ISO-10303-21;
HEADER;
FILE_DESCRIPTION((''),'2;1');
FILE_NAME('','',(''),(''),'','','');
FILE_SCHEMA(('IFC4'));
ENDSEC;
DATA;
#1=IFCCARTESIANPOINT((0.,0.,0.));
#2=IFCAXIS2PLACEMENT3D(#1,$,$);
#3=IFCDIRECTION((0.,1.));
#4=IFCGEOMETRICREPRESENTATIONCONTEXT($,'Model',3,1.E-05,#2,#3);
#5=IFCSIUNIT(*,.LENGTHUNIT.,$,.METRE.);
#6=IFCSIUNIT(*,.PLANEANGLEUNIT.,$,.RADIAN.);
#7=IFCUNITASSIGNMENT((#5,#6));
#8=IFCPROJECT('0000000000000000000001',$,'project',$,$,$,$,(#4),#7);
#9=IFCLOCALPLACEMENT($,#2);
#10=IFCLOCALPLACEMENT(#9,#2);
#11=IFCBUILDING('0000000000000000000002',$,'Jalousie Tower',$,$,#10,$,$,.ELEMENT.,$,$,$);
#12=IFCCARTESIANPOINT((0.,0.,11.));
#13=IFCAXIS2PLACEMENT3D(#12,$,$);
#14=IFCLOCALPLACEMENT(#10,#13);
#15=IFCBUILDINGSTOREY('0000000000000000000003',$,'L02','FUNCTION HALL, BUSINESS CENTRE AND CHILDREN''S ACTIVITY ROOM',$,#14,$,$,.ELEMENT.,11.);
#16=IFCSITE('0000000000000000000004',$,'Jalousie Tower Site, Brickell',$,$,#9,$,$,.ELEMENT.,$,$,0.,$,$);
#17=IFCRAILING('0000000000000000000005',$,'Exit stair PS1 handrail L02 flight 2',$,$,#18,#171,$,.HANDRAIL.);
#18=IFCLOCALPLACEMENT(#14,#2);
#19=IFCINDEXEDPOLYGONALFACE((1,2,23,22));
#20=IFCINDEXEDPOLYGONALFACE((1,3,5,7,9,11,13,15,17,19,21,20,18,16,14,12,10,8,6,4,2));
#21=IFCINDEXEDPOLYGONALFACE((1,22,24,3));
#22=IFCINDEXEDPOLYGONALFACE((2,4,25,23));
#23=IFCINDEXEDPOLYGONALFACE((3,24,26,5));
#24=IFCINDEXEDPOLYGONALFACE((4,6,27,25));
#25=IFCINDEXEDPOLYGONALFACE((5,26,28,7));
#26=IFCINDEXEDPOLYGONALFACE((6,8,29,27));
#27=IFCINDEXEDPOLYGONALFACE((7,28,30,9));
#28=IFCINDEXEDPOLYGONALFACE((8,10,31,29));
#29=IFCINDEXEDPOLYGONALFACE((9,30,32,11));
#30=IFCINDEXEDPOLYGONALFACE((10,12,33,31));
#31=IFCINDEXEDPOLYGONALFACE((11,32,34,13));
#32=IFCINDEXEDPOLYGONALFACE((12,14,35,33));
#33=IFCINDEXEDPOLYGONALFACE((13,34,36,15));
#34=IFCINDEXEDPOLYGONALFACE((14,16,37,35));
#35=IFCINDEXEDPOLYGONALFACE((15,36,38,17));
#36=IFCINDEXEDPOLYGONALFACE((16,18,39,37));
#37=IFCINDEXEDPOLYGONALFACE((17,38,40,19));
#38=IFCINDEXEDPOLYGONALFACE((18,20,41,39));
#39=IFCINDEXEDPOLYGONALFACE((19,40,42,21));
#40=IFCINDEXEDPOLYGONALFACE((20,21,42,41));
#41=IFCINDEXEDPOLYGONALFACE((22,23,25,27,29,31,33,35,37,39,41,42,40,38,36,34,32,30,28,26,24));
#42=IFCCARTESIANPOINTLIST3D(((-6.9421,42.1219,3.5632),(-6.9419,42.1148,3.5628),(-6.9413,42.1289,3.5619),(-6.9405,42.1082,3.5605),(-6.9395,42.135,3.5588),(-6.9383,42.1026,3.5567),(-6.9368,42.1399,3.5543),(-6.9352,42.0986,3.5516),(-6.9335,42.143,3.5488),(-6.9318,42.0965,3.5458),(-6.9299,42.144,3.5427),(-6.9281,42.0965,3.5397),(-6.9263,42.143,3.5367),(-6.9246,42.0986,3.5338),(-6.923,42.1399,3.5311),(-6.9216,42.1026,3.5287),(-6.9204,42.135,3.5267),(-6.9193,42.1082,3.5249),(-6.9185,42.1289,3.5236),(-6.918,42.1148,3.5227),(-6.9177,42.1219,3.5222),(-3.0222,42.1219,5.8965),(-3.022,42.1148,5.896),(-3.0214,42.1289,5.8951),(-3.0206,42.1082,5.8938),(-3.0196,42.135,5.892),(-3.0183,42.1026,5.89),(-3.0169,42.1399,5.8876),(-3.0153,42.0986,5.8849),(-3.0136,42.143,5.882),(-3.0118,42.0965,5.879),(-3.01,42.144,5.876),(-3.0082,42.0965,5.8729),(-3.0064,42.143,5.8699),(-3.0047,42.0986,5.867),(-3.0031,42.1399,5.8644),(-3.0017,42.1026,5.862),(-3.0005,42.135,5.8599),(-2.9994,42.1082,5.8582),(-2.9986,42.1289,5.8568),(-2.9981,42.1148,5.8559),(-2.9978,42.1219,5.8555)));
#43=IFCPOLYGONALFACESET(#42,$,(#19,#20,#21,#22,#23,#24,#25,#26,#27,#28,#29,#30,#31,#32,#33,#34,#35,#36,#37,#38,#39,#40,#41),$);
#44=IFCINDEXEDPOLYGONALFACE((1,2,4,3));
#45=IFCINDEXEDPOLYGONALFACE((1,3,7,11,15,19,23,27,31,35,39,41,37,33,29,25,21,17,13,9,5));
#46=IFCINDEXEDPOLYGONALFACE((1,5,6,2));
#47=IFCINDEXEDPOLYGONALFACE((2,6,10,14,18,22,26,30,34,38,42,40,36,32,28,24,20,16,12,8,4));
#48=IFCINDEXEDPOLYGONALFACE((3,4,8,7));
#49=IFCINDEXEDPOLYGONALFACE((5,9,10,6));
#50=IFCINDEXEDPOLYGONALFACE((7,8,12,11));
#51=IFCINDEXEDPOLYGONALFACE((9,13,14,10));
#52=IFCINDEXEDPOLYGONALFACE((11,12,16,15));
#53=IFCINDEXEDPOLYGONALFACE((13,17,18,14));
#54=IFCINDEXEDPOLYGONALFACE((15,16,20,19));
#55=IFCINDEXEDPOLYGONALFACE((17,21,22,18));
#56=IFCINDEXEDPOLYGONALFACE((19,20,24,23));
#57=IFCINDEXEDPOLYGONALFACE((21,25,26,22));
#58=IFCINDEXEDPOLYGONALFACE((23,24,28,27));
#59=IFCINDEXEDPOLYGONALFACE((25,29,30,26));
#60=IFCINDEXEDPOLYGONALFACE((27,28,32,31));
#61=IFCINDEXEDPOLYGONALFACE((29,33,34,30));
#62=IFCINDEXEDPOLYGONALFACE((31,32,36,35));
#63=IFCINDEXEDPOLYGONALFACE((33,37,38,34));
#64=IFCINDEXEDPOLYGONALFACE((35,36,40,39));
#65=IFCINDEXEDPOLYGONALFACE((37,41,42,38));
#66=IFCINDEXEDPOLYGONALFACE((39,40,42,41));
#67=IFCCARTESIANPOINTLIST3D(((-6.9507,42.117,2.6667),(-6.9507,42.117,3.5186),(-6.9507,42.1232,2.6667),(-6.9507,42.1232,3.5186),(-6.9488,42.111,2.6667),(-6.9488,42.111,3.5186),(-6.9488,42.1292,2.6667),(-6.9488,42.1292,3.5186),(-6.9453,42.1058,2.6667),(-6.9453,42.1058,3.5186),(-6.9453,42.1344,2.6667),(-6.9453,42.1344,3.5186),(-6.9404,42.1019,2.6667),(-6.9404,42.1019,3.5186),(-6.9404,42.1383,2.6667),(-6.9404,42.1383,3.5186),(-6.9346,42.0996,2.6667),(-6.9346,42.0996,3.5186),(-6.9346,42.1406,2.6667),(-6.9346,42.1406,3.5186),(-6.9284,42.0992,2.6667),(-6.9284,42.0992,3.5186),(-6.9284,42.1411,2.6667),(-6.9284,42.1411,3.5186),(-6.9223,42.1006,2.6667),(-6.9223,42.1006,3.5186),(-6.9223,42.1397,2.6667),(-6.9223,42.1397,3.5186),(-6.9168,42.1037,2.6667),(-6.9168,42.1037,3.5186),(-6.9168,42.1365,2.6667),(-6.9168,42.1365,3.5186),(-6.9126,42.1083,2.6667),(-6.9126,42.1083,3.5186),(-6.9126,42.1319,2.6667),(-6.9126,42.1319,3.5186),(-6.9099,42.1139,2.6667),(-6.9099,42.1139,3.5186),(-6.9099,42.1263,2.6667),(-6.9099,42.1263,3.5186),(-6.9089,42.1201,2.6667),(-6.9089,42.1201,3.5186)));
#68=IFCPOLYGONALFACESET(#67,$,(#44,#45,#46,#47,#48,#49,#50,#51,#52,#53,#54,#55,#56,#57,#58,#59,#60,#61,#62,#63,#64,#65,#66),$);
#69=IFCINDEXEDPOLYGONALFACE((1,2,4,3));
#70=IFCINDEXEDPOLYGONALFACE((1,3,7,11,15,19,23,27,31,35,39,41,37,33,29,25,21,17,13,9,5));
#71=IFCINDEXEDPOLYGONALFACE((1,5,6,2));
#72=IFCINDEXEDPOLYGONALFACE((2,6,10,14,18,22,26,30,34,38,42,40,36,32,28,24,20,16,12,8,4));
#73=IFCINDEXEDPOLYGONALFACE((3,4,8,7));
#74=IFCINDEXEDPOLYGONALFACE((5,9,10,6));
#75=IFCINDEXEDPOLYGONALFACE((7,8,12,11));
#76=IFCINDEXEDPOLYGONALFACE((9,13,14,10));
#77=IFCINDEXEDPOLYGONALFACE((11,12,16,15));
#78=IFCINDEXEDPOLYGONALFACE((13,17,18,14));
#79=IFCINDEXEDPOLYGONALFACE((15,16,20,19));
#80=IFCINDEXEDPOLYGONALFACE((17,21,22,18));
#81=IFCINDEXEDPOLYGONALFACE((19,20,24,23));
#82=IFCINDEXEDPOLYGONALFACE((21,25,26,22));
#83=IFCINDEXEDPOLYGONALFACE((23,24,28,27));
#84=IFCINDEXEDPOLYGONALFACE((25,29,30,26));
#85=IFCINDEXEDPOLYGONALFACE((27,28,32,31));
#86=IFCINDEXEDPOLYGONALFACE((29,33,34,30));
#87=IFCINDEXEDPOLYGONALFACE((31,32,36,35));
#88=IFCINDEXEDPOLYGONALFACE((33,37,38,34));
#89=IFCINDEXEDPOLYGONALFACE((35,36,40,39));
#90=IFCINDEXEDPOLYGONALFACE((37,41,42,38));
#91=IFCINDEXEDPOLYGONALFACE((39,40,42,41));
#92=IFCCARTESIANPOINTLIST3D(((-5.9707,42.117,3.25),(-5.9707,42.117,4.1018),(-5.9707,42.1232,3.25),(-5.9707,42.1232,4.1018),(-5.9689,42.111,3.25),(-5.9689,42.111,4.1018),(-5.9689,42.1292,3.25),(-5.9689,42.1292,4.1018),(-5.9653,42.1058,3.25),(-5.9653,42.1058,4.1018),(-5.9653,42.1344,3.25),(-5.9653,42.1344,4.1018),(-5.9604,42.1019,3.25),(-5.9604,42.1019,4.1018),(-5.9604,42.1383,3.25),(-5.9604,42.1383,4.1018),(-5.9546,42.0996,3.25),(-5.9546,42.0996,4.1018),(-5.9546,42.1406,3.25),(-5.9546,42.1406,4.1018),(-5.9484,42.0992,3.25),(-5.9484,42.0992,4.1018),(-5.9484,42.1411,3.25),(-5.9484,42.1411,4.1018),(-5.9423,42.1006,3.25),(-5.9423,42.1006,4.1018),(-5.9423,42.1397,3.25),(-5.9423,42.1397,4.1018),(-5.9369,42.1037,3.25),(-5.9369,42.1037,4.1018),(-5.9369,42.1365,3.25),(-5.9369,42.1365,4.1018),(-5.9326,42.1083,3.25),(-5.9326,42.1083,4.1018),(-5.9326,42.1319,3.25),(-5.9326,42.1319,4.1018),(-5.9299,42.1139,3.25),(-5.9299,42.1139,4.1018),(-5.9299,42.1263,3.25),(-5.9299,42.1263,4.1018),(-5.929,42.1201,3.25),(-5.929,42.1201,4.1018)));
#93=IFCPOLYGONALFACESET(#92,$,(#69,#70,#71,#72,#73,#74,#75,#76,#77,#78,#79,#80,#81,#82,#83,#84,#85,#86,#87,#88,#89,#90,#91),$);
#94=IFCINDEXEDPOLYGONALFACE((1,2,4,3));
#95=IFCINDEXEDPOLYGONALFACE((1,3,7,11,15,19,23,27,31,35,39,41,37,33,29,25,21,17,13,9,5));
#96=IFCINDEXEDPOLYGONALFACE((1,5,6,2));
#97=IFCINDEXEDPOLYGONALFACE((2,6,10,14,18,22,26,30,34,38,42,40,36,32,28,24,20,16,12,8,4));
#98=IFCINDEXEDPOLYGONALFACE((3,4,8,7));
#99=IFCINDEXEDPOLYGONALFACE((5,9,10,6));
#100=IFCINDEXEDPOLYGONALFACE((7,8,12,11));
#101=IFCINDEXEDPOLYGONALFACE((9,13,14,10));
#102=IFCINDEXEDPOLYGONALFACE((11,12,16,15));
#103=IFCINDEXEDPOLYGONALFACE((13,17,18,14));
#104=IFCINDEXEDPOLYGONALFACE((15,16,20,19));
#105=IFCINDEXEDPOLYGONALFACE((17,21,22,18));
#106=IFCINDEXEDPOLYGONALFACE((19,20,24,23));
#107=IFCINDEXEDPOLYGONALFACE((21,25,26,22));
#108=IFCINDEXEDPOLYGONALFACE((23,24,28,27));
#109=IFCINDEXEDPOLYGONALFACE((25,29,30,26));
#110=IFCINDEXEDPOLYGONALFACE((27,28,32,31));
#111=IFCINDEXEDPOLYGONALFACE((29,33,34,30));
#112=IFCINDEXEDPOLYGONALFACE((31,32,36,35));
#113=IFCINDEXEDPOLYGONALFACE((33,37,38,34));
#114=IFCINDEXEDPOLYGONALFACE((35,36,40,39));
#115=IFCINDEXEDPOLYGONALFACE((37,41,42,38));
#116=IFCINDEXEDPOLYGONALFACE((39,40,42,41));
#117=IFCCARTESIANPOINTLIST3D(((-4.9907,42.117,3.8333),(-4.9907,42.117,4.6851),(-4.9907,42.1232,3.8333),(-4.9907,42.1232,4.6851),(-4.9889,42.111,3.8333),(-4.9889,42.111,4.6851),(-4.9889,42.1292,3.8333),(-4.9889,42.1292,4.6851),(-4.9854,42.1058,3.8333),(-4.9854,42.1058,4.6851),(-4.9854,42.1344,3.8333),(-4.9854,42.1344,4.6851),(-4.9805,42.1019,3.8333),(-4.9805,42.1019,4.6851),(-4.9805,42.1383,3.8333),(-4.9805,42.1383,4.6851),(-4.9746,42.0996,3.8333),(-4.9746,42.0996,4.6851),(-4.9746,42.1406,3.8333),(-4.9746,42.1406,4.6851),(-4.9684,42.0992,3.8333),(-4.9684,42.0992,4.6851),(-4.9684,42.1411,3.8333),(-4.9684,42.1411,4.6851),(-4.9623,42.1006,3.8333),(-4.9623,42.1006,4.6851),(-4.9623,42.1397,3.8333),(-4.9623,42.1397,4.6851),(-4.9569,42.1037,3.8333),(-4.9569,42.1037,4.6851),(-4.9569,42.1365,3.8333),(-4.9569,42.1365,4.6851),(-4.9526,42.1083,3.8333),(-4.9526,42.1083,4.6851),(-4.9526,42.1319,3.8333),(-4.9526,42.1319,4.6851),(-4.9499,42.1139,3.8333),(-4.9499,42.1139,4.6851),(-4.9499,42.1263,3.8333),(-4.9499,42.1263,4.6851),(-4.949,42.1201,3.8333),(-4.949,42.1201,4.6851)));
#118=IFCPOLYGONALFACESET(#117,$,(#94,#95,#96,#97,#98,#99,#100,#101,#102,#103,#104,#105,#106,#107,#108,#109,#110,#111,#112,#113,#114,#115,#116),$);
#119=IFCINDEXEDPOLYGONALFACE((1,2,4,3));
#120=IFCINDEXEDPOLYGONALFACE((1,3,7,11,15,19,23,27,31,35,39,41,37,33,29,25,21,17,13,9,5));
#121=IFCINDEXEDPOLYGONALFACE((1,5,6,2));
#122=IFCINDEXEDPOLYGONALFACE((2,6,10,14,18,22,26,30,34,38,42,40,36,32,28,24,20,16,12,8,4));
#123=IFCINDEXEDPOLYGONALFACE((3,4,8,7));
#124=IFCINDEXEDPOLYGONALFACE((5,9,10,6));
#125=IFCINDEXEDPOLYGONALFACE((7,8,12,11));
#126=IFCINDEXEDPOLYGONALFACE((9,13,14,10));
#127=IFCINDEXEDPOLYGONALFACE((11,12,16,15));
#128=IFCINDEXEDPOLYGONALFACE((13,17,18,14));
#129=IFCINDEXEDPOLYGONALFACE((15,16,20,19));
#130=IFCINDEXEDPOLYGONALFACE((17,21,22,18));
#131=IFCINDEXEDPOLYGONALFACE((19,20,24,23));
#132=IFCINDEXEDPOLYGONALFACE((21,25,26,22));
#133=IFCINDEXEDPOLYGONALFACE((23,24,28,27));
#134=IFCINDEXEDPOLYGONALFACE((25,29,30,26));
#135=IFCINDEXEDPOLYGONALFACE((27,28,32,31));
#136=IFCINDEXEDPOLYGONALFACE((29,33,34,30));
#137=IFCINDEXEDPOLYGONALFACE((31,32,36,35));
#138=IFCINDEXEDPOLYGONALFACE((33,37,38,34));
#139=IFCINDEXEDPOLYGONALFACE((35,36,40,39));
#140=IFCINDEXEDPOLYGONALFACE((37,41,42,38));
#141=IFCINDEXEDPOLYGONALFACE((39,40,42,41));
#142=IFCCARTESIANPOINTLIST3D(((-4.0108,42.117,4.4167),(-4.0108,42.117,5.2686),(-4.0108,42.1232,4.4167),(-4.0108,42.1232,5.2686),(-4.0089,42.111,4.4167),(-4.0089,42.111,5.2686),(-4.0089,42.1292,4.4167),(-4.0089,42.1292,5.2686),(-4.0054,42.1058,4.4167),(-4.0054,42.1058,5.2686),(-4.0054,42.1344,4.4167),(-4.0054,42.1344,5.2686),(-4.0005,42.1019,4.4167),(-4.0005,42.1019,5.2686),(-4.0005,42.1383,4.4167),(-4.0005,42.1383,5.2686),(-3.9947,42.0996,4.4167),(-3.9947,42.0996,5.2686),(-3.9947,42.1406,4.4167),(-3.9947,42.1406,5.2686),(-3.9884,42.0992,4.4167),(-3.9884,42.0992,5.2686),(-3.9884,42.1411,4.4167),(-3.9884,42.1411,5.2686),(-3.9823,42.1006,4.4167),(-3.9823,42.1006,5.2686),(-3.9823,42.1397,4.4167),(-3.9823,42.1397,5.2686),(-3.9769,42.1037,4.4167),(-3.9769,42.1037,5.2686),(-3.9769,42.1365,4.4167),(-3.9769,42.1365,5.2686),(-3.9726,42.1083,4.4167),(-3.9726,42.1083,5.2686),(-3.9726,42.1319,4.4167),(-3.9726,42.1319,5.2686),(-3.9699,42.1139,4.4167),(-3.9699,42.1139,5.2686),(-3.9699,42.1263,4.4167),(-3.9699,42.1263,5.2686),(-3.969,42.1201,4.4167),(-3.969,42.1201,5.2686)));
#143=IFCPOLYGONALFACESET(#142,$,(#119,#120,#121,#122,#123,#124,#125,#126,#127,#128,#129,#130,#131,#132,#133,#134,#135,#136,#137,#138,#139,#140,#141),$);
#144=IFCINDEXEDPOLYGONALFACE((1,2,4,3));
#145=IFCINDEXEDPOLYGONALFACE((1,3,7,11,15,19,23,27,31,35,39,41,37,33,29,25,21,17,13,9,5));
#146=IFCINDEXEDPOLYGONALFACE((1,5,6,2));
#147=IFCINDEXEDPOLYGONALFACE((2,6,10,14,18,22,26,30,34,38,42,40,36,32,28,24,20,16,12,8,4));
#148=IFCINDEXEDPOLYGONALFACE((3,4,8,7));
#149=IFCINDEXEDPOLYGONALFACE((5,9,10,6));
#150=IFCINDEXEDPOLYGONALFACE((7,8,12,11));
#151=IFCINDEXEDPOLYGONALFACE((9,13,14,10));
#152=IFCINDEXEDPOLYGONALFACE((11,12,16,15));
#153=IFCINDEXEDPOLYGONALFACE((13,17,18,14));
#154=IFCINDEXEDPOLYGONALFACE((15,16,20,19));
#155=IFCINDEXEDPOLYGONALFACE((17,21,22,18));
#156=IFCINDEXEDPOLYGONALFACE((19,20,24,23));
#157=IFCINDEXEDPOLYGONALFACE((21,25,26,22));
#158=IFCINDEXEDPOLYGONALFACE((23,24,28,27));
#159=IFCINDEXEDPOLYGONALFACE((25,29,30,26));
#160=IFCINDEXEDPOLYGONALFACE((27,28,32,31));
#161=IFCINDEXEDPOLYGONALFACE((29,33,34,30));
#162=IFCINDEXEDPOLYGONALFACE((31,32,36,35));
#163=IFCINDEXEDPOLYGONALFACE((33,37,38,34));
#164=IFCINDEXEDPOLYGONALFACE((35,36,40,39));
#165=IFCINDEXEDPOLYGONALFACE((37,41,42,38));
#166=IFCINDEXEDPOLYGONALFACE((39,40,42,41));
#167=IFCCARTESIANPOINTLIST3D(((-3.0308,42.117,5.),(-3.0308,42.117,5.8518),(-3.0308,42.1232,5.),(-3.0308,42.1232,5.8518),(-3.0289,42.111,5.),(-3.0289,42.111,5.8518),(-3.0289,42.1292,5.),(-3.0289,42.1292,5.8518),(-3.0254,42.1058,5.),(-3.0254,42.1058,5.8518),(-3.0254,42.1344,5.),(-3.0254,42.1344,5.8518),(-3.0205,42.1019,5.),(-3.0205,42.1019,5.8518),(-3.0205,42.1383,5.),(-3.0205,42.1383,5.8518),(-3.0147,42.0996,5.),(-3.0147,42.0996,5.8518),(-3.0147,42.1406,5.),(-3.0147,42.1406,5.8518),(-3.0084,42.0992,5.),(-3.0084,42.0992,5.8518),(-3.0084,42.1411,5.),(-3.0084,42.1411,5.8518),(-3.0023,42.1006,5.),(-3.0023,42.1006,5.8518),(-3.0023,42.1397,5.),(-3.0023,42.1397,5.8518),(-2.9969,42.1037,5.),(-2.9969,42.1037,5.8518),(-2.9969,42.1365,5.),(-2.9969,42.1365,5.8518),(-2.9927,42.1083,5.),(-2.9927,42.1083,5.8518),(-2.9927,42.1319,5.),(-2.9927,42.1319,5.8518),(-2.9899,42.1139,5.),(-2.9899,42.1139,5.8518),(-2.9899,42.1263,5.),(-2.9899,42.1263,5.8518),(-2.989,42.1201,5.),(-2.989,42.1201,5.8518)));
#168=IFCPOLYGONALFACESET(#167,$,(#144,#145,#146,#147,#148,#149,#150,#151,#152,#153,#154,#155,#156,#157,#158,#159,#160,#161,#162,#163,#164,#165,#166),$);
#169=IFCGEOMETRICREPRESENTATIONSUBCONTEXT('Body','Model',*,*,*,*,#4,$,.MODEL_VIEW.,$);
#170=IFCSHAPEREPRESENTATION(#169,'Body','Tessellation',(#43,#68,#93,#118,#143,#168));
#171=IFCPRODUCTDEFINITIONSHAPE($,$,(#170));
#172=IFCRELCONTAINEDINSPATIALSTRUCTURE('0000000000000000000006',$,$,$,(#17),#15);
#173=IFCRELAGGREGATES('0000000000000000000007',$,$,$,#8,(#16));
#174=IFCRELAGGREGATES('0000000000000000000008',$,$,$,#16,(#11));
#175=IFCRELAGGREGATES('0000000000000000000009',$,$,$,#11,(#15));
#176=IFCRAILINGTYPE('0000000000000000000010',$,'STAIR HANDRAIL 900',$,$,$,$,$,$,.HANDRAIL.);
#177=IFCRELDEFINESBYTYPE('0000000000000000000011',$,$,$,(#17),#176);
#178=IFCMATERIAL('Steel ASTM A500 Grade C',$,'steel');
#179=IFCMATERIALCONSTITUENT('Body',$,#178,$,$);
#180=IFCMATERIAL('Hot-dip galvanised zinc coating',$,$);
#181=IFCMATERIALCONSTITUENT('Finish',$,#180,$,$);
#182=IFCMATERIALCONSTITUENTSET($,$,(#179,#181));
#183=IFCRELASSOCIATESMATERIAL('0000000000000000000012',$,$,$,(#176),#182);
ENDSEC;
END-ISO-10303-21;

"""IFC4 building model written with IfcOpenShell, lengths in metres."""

from ifc_helpers import new_model, si_unit, direction, frame, origin, origin_2d, place, context, subcontext, project, spatial, circle, extrude, material, constituent, constituent_set, type_object, element, save


model = new_model("IFC4")

# Units and contexts
model_context = context("Model", 3, precision=1e-05, world=origin(), true_north=direction((0.0, 1.0)))
body_context = subcontext(model_context, "Body", "Model", "MODEL_VIEW")
ifc_project = project(units=[si_unit("LENGTHUNIT", "METRE"), si_unit("PLANEANGLEUNIT", "RADIAN")], contexts=[model_context])

# Site, building, storey
site_placement = place(None, origin())
site = spatial("IfcSite", under=ifc_project, at=site_placement, Name="Jalousie Tower Site, Brickell", CompositionType="ELEMENT", RefElevation=0.0)
building_placement = place(site_placement, origin())
building = spatial("IfcBuilding", under=site, at=building_placement, Name="Jalousie Tower", CompositionType="ELEMENT")
storey_placement = place(building_placement, frame((0.0, 0.0, 11.0)))
storey = spatial("IfcBuildingStorey", under=building, at=storey_placement, Name="L02", Description="FUNCTION HALL, BUSINESS CENTRE AND CHILDREN'S ACTIVITY ROOM", CompositionType="ELEMENT", Elevation=11.0)

# Railing
ifc_material_1 = material(Name="Steel ASTM A500 Grade C", Category="steel")
ifc_constituent_1 = constituent(ifc_material_1, Name="Body")
ifc_material_2 = material(Name="Hot-dip galvanised zinc coating")
ifc_constituent_2 = constituent(ifc_material_2, Name="Finish")
ifc_constituent_set_1 = constituent_set(constituents=[ifc_constituent_1, ifc_constituent_2])
railing_type_1 = type_object("IfcRailingType", Name="STAIR HANDRAIL 900", PredefinedType="HANDRAIL", material=ifc_constituent_set_1)
railing_1_placement = place(storey_placement, frame((-6.9299, 42.1201, 2.6667)))
element("IfcRailing", 1, at=railing_1_placement, inside=storey, type_object=railing_type_1, Name="Exit stair PS1 handrail L02 flight 2", PredefinedType="HANDRAIL", context=body_context, shape_type="SweptSolid", body=[
    extrude(circle(Radius=0.0239, at=origin_2d()), frame((0.0, 0.0, 0.876), z_axis=(0.859296, 0.0, 0.511478), x_axis=(0.0, 1.0, 0.0)), (0.0, 0.0, 1.0), 4.5618),
    extrude(circle(Radius=0.021, at=origin_2d()), origin(), (0.0, 0.0, 1.0), 0.8518),
    extrude(circle(Radius=0.021, at=origin_2d()), frame((0.98, 0.0, 0.5833)), (0.0, 0.0, 1.0), 0.8518),
    extrude(circle(Radius=0.021, at=origin_2d()), frame((1.96, 0.0, 1.1665)), (0.0, 0.0, 1.0), 0.8518),
    extrude(circle(Radius=0.021, at=origin_2d()), frame((2.9399, 0.0, 1.75)), (0.0, 0.0, 1.0), 0.8518),
    extrude(circle(Radius=0.021, at=origin_2d()), frame((3.9199, 0.0, 2.3333)), (0.0, 0.0, 1.0), 0.8518),
])

save(model, "model.ifc")
